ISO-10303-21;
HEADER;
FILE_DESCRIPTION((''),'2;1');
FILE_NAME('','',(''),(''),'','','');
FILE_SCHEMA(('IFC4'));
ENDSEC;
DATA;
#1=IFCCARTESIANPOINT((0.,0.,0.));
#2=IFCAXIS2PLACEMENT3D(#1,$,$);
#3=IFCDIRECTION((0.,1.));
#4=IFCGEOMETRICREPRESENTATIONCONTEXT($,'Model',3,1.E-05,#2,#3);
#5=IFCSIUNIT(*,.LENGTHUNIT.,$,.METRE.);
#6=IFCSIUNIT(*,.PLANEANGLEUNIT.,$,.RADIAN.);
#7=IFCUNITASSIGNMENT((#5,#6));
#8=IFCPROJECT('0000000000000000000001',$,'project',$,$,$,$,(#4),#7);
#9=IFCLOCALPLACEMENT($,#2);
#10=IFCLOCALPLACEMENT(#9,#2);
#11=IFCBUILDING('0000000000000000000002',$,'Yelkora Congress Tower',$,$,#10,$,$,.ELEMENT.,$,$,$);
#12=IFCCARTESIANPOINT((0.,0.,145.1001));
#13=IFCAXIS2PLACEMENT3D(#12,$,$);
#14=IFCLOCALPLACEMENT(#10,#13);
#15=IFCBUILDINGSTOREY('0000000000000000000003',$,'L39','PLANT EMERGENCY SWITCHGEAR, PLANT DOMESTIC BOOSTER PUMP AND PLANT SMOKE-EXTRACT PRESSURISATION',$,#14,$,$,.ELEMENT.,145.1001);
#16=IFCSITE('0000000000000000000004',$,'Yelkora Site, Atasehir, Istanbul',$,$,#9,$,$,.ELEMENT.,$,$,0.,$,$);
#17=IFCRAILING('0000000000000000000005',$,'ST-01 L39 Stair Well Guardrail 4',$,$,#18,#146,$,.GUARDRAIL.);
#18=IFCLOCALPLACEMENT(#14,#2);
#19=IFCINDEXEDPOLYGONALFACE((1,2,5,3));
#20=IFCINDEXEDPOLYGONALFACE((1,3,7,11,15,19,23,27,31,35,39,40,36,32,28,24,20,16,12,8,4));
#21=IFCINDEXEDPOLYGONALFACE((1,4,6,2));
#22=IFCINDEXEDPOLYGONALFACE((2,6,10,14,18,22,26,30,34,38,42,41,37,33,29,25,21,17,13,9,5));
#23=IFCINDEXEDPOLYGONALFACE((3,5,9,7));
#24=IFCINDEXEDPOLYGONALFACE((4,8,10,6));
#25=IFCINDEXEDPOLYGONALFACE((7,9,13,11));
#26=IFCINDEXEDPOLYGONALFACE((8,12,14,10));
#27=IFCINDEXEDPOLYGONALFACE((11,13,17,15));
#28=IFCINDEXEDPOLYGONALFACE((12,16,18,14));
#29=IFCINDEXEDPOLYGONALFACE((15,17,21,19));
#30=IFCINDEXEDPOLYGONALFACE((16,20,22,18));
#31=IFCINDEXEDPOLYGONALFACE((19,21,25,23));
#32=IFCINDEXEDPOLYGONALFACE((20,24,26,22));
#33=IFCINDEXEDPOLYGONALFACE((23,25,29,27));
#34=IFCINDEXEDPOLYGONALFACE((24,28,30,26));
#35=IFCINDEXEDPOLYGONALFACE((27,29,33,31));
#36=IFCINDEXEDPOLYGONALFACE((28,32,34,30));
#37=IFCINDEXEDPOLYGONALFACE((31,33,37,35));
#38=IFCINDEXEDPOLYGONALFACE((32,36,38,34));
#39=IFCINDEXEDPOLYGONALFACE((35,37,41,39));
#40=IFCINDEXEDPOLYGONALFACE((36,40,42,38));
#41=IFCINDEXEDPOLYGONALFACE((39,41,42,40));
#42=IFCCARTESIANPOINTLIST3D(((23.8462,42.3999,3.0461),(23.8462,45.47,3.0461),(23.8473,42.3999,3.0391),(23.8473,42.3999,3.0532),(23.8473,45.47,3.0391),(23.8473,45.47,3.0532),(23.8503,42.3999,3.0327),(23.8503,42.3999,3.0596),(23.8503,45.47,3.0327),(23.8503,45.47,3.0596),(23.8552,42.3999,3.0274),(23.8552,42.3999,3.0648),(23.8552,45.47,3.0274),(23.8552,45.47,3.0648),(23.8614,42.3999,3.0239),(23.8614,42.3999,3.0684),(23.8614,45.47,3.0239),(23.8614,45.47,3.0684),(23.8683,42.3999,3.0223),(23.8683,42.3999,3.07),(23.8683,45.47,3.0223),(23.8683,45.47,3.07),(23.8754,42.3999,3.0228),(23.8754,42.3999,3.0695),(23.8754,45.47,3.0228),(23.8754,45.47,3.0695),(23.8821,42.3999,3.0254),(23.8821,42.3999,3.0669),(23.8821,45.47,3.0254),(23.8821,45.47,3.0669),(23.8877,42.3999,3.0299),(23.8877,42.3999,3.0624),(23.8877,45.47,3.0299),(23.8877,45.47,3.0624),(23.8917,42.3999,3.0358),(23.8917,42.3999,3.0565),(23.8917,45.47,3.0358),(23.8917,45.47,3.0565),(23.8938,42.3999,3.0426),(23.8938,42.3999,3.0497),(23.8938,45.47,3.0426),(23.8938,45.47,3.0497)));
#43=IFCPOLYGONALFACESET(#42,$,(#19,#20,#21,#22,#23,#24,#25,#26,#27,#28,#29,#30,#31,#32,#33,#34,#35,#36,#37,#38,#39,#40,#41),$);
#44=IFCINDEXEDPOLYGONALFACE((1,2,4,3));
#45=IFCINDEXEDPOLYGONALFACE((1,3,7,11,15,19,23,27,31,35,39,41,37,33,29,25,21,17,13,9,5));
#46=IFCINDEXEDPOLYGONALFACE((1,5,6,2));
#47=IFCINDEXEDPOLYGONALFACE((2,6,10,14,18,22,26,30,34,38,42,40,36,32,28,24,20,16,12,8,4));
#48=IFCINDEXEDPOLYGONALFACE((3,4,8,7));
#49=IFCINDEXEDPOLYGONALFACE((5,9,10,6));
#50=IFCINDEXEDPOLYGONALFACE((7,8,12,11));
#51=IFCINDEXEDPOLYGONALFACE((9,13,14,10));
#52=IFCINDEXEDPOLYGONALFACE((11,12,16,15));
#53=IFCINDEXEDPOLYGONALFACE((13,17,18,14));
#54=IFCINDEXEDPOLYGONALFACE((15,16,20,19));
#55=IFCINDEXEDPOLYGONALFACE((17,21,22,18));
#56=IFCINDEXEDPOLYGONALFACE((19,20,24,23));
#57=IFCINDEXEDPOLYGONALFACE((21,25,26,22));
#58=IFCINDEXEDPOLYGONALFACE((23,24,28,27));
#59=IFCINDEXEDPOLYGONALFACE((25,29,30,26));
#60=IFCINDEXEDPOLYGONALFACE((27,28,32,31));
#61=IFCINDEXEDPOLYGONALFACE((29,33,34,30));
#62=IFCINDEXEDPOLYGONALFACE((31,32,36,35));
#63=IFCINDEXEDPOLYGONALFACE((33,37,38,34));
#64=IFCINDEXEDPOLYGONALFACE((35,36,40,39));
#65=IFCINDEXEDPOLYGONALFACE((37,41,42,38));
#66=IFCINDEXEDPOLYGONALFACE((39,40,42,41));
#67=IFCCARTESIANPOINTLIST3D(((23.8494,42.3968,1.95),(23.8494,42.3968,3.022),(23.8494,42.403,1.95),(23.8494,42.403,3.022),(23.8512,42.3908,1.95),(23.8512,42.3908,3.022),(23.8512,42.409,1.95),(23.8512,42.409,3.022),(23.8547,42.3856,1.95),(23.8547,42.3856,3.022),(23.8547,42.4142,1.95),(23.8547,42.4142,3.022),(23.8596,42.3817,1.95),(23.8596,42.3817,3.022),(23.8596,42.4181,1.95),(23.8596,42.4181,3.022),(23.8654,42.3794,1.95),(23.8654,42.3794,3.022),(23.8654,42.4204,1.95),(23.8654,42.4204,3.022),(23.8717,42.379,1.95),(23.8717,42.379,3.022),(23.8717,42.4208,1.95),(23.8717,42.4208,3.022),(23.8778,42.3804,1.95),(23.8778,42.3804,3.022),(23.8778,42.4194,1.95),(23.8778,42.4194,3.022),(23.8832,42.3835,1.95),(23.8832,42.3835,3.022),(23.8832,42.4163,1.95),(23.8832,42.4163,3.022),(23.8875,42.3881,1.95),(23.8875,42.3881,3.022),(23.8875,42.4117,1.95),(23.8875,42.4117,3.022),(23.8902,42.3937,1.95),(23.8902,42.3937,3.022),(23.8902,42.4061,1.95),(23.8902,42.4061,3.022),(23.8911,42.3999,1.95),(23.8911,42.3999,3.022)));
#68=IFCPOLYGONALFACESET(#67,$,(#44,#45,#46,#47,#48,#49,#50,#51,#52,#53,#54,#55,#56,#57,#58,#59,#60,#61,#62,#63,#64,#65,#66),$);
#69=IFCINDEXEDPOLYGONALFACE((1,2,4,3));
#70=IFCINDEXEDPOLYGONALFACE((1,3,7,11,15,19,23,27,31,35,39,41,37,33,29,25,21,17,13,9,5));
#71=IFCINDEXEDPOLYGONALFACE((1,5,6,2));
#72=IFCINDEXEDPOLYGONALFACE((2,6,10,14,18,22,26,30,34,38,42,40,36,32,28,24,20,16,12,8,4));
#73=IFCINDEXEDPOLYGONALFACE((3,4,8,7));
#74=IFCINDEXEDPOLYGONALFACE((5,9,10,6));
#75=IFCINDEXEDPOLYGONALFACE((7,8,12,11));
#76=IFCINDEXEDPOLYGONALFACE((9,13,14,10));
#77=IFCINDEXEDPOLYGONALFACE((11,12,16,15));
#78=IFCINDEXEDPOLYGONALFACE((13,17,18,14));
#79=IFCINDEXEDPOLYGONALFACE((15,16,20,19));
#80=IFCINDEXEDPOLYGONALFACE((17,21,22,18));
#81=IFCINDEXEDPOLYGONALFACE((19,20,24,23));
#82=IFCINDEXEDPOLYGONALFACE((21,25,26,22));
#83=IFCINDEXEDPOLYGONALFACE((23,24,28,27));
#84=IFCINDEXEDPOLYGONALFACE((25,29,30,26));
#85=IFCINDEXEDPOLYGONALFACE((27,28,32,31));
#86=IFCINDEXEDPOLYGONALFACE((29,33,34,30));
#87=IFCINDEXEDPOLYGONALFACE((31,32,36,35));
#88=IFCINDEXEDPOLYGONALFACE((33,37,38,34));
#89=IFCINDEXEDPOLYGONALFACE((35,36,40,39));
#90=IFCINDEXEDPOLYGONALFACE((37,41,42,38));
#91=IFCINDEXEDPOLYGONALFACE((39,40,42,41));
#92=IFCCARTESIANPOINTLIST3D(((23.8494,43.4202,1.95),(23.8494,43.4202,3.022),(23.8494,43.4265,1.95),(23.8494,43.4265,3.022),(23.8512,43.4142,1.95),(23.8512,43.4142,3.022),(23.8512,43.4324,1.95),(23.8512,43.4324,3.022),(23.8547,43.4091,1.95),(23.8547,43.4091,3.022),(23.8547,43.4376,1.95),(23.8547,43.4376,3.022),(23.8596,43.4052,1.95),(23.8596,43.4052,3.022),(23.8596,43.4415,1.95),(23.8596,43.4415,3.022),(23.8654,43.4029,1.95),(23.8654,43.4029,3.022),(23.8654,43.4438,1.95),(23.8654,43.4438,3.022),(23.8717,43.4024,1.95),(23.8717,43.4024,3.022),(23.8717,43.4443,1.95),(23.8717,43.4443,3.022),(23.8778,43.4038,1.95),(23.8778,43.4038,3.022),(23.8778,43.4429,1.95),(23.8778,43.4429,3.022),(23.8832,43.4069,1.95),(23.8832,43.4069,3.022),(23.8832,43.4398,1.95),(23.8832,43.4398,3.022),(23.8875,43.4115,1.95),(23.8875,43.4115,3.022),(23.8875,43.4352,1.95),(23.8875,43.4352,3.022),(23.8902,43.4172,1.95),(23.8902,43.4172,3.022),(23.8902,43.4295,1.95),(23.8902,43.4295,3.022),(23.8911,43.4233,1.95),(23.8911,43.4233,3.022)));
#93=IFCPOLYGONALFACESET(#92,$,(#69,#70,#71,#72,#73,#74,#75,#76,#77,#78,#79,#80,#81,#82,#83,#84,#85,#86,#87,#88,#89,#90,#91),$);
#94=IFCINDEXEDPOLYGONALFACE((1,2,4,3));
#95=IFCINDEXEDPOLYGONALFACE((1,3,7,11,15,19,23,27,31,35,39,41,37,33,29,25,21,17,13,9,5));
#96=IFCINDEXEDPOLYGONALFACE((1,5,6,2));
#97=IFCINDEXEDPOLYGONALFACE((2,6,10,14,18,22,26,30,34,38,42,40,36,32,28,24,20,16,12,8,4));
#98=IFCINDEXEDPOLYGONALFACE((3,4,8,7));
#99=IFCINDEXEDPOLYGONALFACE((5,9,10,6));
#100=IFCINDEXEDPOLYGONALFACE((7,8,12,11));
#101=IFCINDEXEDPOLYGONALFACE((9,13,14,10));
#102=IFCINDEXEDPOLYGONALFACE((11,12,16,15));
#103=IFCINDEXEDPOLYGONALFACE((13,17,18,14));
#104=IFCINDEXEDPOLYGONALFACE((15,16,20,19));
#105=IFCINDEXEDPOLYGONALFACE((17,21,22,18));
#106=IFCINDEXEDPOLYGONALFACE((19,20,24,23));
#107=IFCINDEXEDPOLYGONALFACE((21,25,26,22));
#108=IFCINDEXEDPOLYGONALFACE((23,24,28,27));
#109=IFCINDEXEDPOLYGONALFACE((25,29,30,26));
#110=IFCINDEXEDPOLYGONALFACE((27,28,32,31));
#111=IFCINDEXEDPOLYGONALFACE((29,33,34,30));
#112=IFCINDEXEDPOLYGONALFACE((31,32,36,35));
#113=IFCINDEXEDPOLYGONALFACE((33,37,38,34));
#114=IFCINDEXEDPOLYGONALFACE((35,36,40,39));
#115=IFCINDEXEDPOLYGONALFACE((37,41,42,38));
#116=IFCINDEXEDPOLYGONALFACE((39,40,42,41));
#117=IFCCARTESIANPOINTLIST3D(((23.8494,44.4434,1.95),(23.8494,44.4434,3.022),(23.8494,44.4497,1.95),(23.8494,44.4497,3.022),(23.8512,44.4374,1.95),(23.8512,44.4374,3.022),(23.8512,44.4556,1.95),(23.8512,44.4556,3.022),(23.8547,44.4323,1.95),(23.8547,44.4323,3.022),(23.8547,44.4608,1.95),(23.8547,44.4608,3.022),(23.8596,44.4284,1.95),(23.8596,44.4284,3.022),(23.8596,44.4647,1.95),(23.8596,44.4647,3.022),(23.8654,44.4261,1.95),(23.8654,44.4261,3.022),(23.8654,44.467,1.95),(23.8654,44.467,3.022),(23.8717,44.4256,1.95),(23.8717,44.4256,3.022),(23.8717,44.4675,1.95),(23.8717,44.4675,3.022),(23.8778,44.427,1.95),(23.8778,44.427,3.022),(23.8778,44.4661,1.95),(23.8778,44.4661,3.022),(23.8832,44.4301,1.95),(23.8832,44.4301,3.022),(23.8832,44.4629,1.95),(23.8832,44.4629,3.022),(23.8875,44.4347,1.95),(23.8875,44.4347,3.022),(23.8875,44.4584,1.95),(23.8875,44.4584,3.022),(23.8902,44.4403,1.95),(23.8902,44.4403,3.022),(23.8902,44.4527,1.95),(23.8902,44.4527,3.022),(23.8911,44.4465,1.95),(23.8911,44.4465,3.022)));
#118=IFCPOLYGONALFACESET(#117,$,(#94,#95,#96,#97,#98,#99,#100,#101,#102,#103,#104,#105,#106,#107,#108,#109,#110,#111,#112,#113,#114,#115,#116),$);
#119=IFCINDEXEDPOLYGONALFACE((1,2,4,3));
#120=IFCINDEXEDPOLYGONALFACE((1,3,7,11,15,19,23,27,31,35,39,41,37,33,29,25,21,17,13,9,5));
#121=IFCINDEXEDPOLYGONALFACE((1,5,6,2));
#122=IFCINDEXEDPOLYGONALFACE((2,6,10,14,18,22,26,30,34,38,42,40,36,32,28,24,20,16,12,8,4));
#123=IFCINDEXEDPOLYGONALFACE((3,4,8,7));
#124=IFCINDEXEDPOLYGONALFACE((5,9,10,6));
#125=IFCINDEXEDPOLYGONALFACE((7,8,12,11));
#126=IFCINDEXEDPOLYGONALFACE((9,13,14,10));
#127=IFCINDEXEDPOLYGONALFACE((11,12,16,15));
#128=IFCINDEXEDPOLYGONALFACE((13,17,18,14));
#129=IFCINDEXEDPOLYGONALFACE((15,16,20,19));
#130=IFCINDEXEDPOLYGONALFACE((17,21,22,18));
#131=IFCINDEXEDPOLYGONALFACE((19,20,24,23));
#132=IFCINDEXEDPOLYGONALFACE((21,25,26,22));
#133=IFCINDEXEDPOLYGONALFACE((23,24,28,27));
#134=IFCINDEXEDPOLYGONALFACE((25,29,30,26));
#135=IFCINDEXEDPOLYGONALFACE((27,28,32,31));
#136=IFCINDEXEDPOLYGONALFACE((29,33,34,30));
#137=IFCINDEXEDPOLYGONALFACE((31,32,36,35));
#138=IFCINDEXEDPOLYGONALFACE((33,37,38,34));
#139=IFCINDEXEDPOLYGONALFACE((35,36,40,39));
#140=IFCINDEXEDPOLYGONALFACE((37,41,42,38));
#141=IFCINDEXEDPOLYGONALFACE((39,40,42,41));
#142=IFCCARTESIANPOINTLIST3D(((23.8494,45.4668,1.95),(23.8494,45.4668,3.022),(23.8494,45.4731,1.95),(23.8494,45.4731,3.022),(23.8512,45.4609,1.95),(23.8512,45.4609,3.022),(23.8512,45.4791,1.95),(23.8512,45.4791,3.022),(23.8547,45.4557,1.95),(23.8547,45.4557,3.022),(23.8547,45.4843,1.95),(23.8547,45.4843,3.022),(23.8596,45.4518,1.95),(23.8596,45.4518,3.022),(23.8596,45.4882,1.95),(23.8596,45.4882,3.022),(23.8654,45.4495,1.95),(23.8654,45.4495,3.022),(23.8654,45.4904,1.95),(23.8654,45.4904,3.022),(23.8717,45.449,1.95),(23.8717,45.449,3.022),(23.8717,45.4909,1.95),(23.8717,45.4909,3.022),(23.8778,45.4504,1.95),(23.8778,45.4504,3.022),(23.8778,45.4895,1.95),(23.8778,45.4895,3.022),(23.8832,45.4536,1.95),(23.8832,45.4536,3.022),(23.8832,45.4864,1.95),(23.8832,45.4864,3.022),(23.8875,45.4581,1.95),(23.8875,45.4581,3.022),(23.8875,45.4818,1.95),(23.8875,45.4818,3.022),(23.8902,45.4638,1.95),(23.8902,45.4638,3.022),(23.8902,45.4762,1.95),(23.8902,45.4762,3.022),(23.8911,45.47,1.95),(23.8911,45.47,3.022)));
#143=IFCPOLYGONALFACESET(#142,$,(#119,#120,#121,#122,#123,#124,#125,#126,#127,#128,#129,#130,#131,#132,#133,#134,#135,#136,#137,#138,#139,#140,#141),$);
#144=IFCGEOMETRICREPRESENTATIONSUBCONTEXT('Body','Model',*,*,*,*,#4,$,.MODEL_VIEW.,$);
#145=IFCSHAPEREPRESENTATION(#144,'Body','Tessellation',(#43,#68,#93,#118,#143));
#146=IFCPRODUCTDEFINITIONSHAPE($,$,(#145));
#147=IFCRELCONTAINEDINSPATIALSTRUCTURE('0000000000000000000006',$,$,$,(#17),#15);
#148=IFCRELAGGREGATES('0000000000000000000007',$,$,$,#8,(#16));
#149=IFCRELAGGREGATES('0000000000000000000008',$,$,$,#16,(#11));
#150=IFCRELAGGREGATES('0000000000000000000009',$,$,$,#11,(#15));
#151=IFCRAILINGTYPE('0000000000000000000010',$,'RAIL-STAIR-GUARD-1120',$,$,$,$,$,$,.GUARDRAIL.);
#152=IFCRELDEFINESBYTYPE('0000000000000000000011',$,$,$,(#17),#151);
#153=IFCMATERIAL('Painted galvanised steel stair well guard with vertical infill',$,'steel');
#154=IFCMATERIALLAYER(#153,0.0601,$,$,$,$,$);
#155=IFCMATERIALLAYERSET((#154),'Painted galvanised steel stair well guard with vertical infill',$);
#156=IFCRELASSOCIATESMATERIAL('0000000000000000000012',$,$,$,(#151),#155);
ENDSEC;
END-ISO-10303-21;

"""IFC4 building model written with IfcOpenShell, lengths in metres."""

from ifc_helpers import new_model, si_unit, direction, frame, origin, origin_2d, place, context, subcontext, project, spatial, circle, extrude, material, layer, layer_set, type_object, element, save


model = new_model("IFC4")

# Units and contexts
model_context = context("Model", 3, precision=1e-05, world=origin(), true_north=direction((0.0, 1.0)))
body_context = subcontext(model_context, "Body", "Model", "MODEL_VIEW")
ifc_project = project(units=[si_unit("LENGTHUNIT", "METRE"), si_unit("PLANEANGLEUNIT", "RADIAN")], contexts=[model_context])

# Site, building, storey
site_placement = place(None, origin())
site = spatial("IfcSite", under=ifc_project, at=site_placement, Name="Yelkora Site, Atasehir, Istanbul", CompositionType="ELEMENT", RefElevation=0.0)
building_placement = place(site_placement, origin())
building = spatial("IfcBuilding", under=site, at=building_placement, Name="Yelkora Congress Tower", CompositionType="ELEMENT")
storey_placement = place(building_placement, frame((0.0, 0.0, 145.1001)))
storey = spatial("IfcBuildingStorey", under=building, at=storey_placement, Name="L39", Description="PLANT EMERGENCY SWITCHGEAR, PLANT DOMESTIC BOOSTER PUMP AND PLANT SMOKE-EXTRACT PRESSURISATION", CompositionType="ELEMENT", Elevation=145.1001)

# Railing
ifc_material_1 = material(Name="Painted galvanised steel stair well guard with vertical infill", Category="steel")
ifc_layer_1 = layer(ifc_material_1, 0.0601)
ifc_layer_set_1 = layer_set([ifc_layer_1], Name="Painted galvanised steel stair well guard with vertical infill")
railing_type_1 = type_object("IfcRailingType", Name="RAIL-STAIR-GUARD-1120", PredefinedType="GUARDRAIL", material=ifc_layer_set_1)
railing_1_placement = place(storey_placement, frame((23.8701, 42.3999, 1.95)))
element("IfcRailing", 1, at=railing_1_placement, inside=storey, type_object=railing_type_1, Name="ST-01 L39 Stair Well Guardrail 4", PredefinedType="GUARDRAIL", context=body_context, shape_type="SweptSolid", body=[
    extrude(circle(Radius=0.0239, at=origin_2d()), frame((0.0, 0.0, 1.0962), z_axis=(0.0, 1.0, 0.0), x_axis=(-1.0, 0.0, 0.0)), (0.0, 0.0, 1.0), 3.0701),
    extrude(circle(Radius=0.021, at=origin_2d()), origin(), (0.0, 0.0, 1.0), 1.072),
    extrude(circle(Radius=0.021, at=origin_2d()), frame((0.0, 1.0234, 0.0)), (0.0, 0.0, 1.0), 1.072),
    extrude(circle(Radius=0.021, at=origin_2d()), frame((0.0, 2.0466, 0.0)), (0.0, 0.0, 1.0), 1.072),
    extrude(circle(Radius=0.021, at=origin_2d()), frame((0.0, 3.0701, 0.0)), (0.0, 0.0, 1.0), 1.072),
])

save(model, "model.ifc")
